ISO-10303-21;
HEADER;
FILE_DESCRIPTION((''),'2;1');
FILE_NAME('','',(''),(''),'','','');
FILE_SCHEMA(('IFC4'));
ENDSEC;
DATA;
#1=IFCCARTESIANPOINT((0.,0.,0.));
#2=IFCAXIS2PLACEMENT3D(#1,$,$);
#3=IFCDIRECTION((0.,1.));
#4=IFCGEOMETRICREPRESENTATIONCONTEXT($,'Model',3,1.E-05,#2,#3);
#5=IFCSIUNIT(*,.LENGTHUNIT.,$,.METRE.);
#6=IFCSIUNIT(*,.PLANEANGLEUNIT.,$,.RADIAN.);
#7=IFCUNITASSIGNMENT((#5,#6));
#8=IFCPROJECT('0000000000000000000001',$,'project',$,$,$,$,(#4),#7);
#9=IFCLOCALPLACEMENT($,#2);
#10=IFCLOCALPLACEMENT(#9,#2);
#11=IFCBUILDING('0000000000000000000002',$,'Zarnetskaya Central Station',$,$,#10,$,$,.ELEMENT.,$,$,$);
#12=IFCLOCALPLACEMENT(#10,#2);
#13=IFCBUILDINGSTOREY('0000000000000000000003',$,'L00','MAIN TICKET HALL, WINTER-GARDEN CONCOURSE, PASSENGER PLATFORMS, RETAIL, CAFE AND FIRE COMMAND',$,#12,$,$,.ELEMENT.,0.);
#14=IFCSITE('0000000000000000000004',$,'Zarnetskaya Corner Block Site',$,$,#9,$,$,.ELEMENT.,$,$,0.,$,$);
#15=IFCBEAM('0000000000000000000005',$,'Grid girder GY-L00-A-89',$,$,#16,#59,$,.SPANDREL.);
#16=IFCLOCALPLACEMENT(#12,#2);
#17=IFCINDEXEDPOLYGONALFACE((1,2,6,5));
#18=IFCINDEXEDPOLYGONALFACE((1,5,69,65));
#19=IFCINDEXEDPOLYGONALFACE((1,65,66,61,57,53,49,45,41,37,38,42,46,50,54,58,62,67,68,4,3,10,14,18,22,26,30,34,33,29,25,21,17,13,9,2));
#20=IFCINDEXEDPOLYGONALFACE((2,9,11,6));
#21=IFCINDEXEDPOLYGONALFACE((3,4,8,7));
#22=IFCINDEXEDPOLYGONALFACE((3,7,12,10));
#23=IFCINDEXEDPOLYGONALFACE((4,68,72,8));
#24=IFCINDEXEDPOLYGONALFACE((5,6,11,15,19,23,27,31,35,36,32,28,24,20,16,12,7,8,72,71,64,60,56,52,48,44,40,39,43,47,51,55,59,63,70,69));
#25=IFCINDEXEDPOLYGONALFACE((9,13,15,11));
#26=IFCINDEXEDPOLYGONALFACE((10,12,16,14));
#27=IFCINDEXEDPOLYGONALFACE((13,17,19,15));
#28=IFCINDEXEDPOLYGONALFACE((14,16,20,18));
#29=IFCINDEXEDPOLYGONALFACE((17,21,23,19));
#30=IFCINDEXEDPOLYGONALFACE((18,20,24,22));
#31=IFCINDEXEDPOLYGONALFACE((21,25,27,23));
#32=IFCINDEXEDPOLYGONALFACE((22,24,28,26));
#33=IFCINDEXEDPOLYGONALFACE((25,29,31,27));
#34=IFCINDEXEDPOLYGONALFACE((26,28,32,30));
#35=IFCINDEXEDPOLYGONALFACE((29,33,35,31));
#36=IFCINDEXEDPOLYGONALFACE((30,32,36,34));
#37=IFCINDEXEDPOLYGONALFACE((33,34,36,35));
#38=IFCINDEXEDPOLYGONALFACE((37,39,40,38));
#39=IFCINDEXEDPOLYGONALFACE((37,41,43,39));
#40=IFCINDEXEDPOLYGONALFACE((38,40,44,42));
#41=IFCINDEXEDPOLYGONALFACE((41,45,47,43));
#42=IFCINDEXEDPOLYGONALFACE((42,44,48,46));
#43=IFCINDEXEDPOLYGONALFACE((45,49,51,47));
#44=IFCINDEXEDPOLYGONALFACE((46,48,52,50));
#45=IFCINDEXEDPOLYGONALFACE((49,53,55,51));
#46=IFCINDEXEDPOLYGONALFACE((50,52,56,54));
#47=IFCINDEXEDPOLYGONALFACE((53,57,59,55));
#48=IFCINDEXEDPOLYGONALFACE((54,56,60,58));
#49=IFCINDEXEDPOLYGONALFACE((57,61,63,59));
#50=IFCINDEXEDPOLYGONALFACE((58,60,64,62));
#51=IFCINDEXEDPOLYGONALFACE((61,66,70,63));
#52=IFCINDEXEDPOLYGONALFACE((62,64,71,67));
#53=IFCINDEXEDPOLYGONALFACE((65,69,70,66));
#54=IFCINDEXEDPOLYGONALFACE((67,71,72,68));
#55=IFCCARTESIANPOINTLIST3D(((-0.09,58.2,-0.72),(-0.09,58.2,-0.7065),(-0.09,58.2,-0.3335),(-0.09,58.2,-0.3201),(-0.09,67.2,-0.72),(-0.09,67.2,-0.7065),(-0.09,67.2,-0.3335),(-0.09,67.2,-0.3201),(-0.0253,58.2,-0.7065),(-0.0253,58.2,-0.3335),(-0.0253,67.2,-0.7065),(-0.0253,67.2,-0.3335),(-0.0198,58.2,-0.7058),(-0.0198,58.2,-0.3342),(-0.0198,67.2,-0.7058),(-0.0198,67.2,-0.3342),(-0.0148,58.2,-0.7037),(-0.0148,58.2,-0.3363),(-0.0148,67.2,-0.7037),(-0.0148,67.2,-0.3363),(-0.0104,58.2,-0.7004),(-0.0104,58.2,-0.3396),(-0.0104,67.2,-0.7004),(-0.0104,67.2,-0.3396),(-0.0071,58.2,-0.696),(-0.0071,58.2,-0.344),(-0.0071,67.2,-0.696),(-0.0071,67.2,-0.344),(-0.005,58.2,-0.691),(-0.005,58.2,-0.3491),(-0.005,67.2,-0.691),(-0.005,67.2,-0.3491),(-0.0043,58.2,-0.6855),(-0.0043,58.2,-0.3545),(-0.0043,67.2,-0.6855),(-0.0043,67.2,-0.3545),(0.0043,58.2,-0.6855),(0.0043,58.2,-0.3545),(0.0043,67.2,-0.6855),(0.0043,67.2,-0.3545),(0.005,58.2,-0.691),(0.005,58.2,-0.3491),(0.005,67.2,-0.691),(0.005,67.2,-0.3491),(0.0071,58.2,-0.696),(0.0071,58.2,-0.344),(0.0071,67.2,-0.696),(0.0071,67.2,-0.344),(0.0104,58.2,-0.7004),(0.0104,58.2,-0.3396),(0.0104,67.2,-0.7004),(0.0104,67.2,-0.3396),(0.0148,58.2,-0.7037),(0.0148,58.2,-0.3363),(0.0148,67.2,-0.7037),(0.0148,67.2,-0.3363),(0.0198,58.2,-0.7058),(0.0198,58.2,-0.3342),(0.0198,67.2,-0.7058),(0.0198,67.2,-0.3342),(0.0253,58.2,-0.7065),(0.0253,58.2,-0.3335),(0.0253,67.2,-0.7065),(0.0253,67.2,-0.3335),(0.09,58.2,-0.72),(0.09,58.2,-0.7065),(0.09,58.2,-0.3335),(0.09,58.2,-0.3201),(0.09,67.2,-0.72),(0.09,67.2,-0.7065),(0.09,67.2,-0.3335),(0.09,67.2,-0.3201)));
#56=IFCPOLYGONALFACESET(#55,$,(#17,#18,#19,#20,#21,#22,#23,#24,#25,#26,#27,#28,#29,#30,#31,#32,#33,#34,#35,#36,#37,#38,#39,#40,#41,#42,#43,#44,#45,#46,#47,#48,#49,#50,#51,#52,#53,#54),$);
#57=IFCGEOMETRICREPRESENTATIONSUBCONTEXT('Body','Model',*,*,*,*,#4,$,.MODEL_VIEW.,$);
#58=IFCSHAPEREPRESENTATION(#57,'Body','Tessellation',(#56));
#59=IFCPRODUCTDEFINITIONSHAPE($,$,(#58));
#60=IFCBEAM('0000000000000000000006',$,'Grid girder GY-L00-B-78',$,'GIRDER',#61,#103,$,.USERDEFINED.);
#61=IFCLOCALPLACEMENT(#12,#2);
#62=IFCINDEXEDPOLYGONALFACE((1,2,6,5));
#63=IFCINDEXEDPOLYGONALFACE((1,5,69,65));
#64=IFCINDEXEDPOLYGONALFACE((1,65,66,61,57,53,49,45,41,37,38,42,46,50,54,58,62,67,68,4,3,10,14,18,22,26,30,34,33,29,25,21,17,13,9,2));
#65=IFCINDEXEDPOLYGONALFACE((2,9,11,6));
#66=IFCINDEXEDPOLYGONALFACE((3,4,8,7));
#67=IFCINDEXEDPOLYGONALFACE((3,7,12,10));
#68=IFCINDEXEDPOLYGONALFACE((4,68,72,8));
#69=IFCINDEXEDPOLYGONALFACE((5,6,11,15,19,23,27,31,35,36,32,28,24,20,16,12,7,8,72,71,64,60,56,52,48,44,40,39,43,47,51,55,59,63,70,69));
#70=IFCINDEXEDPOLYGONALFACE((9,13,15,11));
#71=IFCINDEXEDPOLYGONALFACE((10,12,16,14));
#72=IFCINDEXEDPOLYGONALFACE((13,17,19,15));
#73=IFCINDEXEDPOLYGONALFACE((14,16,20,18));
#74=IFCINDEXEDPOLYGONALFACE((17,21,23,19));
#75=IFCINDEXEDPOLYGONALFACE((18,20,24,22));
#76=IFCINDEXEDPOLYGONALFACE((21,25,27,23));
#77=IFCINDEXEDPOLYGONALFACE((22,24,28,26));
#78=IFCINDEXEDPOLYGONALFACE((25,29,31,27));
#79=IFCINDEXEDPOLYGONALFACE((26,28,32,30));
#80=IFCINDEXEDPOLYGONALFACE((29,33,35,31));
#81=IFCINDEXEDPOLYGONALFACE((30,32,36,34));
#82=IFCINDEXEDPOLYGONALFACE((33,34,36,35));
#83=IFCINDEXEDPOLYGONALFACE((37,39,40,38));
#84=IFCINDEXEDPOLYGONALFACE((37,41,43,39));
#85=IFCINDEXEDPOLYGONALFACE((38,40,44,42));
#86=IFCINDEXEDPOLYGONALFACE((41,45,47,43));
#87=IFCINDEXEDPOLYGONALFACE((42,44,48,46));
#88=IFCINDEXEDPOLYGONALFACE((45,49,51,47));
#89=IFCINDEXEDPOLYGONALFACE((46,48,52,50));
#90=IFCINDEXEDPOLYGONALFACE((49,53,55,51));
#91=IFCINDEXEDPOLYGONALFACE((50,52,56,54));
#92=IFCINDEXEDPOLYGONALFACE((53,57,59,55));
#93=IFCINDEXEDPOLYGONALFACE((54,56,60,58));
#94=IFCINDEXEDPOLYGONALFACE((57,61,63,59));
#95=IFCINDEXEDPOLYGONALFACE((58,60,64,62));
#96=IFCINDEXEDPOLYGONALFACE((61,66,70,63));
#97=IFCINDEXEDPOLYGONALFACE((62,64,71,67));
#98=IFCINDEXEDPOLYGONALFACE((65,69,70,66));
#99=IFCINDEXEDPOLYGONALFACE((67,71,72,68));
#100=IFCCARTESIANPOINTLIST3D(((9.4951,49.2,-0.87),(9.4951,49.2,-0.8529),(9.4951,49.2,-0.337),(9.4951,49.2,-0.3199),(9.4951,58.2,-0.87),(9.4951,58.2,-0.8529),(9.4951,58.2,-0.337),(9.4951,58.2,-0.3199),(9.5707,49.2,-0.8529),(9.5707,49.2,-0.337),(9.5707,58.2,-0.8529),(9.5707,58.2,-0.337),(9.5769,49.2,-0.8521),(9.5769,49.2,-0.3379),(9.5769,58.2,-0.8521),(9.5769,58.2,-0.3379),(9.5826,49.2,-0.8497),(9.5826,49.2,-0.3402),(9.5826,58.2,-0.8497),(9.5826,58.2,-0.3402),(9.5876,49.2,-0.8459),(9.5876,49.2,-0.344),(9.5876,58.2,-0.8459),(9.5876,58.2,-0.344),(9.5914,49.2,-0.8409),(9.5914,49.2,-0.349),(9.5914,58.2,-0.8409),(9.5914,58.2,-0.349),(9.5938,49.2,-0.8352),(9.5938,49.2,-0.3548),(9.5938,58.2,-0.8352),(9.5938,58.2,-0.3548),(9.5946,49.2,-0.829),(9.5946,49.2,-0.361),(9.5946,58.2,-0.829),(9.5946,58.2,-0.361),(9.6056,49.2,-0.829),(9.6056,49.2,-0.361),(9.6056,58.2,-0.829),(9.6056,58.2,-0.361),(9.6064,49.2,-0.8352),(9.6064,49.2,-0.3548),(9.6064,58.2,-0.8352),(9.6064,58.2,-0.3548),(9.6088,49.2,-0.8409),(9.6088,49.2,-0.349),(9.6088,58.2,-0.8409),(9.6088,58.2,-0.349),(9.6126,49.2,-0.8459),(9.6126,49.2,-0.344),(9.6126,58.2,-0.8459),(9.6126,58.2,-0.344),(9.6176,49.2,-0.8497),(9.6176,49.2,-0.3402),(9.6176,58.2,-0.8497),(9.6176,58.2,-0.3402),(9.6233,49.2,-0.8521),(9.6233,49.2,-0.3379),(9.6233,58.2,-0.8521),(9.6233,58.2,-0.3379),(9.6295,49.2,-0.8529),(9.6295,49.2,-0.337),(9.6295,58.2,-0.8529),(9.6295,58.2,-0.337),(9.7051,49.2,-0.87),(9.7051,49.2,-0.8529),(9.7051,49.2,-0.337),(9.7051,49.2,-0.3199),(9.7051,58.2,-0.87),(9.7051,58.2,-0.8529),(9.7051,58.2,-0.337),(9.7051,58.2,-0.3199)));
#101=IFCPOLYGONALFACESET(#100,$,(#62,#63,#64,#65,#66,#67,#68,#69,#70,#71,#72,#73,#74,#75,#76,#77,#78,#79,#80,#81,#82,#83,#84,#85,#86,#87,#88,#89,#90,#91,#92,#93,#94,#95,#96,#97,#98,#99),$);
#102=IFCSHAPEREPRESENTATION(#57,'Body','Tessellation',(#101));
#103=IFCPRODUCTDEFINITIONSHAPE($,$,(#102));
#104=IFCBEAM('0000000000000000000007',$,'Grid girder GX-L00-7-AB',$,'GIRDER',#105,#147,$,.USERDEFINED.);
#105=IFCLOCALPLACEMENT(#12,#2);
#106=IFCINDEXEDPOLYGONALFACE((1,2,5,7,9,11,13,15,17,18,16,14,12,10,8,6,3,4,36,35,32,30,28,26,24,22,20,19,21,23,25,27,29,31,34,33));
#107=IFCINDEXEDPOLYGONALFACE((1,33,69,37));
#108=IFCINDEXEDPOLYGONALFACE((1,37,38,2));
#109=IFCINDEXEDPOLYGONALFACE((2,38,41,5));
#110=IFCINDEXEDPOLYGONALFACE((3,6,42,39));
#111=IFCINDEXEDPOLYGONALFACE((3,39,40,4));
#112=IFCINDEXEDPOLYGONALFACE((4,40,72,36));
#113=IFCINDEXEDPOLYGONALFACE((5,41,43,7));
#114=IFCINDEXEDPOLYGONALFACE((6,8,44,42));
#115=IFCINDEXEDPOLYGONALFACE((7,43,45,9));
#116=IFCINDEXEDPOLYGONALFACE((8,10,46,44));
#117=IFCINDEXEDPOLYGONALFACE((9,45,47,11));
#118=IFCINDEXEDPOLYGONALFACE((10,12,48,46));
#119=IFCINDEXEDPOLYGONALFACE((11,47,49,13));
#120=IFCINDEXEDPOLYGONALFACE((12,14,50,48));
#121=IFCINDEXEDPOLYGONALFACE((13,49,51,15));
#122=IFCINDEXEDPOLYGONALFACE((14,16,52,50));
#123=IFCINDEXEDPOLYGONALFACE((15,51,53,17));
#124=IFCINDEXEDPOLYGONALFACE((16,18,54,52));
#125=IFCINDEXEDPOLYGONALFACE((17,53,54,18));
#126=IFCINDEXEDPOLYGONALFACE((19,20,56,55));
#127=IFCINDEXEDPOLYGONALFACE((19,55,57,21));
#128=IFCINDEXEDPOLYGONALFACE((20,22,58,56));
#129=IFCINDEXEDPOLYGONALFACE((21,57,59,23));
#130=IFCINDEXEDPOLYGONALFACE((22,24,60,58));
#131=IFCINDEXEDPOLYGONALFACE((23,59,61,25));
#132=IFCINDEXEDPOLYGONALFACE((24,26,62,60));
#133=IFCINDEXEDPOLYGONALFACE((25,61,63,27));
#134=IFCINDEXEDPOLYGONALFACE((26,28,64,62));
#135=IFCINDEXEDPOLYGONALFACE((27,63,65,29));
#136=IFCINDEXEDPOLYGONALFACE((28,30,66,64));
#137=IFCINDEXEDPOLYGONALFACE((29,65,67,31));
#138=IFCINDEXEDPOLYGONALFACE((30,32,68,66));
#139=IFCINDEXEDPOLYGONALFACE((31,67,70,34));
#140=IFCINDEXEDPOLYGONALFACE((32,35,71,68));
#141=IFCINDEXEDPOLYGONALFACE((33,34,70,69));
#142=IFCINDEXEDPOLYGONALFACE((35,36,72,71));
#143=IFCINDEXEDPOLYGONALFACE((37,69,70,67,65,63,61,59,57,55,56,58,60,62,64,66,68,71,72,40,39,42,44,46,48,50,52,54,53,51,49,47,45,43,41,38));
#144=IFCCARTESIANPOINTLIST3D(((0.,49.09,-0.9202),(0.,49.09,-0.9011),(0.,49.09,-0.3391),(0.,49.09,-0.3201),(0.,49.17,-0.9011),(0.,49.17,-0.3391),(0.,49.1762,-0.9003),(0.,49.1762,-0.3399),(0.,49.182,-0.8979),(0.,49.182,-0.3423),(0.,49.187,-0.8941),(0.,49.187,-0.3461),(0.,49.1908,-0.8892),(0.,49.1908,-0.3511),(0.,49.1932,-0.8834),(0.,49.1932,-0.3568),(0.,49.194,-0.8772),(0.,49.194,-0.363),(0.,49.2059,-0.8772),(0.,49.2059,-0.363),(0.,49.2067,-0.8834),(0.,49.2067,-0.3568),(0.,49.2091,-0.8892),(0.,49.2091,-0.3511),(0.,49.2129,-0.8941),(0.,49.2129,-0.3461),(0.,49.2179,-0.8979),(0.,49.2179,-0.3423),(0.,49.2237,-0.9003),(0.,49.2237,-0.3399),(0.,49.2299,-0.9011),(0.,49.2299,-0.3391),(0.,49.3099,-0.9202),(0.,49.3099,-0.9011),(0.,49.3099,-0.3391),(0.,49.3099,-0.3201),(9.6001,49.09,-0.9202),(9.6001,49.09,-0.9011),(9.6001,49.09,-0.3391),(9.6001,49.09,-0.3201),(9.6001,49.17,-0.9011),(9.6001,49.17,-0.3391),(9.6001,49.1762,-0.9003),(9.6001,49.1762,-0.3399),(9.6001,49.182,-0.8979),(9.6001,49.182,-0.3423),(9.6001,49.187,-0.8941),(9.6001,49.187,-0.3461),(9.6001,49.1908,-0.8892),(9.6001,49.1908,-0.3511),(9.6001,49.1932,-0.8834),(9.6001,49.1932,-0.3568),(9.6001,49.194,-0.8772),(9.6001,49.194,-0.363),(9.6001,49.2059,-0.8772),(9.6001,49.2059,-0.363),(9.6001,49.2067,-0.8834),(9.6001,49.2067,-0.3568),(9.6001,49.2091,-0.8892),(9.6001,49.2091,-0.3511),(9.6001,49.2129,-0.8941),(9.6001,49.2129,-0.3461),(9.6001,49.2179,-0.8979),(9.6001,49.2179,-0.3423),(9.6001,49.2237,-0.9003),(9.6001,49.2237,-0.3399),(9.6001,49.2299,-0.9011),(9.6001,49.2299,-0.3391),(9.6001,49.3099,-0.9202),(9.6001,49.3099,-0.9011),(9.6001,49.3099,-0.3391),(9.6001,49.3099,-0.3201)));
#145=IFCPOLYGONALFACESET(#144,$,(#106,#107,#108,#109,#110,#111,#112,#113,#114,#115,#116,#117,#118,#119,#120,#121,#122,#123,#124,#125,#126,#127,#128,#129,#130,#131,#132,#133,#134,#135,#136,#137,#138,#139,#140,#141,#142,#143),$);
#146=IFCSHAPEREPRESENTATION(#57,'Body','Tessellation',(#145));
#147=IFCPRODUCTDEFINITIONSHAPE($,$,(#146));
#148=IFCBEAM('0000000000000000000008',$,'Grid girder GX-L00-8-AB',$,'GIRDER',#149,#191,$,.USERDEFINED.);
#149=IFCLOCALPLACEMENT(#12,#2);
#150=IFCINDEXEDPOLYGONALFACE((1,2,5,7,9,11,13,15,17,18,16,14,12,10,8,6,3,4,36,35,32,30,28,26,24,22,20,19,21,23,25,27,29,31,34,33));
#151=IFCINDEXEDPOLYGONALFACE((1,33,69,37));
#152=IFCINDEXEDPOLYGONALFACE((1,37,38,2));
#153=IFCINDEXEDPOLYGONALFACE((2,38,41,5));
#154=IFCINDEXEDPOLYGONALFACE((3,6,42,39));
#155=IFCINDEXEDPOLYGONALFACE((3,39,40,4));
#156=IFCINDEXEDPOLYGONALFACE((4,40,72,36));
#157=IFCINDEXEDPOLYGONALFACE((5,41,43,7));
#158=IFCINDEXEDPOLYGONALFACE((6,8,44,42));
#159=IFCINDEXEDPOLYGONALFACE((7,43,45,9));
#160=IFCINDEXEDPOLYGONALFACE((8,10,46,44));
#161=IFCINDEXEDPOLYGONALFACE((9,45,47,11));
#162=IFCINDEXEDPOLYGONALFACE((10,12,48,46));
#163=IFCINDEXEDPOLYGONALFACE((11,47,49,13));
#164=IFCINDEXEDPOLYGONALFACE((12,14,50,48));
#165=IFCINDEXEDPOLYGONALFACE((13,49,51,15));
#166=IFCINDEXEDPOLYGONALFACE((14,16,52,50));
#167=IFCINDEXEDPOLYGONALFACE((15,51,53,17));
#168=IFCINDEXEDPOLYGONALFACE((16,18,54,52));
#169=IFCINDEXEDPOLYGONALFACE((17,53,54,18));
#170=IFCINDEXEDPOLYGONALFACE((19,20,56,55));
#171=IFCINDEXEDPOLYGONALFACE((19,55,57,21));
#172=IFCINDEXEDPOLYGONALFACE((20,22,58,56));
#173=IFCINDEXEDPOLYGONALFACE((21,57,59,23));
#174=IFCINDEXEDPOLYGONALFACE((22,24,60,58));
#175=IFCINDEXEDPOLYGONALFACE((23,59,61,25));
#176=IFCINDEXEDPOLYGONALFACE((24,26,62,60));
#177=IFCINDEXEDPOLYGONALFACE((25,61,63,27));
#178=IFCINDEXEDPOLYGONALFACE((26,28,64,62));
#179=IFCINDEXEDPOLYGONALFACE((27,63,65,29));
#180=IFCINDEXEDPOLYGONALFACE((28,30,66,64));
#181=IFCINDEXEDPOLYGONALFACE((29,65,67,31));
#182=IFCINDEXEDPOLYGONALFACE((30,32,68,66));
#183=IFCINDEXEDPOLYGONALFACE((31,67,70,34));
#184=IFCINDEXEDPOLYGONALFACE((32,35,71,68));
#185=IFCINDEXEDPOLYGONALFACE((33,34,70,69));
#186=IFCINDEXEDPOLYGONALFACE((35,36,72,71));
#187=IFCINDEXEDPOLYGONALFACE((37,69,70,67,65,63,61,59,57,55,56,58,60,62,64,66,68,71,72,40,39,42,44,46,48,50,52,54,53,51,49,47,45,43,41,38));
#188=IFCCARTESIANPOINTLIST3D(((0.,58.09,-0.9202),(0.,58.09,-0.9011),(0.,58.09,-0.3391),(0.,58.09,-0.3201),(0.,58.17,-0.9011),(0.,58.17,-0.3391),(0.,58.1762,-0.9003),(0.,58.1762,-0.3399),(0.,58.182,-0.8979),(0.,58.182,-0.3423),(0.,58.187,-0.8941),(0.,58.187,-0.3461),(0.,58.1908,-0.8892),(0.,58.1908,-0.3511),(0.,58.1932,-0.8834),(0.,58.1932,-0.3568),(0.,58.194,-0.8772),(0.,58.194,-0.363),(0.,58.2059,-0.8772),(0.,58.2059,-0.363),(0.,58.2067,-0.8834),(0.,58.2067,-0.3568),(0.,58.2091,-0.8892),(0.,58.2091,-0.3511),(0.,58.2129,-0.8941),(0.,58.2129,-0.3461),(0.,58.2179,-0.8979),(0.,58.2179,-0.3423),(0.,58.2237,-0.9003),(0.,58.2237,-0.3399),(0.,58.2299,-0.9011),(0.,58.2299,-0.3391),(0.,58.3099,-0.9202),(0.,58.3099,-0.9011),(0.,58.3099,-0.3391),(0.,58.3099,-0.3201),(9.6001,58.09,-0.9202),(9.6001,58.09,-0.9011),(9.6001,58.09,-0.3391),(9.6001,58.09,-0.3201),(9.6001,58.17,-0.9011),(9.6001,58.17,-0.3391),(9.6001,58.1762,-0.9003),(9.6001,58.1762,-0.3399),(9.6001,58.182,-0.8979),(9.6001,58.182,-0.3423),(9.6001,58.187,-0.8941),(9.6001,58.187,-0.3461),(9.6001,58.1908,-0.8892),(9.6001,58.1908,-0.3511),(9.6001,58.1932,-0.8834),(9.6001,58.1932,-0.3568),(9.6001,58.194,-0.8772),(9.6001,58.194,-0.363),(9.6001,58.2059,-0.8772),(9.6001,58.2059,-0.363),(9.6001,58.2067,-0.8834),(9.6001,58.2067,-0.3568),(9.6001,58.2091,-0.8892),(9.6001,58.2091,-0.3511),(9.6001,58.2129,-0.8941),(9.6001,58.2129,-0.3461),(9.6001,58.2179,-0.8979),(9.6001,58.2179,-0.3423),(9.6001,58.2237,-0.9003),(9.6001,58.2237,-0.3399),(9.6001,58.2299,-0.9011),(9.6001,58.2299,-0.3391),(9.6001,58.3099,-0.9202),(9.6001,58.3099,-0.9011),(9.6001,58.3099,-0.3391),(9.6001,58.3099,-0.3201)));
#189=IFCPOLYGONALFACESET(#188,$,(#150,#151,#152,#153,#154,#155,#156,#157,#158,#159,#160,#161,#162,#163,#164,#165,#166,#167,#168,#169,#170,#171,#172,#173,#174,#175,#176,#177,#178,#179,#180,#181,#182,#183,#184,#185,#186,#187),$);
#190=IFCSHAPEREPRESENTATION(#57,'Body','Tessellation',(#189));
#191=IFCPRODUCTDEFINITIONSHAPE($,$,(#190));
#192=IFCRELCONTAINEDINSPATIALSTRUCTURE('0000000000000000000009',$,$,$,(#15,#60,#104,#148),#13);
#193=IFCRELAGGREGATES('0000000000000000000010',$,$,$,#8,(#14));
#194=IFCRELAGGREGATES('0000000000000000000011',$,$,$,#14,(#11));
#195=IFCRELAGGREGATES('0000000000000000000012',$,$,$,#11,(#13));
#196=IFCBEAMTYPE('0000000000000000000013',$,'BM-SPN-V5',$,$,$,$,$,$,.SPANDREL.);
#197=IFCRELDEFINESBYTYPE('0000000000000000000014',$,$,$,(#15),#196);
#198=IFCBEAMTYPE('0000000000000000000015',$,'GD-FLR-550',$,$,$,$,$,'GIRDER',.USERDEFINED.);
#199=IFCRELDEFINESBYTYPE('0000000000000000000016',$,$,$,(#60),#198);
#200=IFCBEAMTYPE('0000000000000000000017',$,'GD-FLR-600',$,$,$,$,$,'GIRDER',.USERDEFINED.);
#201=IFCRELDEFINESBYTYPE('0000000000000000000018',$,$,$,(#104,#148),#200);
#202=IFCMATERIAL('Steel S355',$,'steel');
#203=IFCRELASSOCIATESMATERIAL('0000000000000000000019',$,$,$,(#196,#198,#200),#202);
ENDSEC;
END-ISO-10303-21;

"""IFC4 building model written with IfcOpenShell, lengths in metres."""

from ifc_helpers import new_model, si_unit, direction, frame, origin, origin_2d, place, context, subcontext, project, spatial, i_section, extrude, material, material_profile, profile_set, type_object, element, save


model = new_model("IFC4")

# Units and contexts
model_context = context("Model", 3, precision=1e-05, world=origin(), true_north=direction((0.0, 1.0)))
body_context = subcontext(model_context, "Body", "Model", "MODEL_VIEW")
ifc_project = project(units=[si_unit("LENGTHUNIT", "METRE"), si_unit("PLANEANGLEUNIT", "RADIAN")], contexts=[model_context])

# Site, building, storey
site_placement = place(None, origin())
site = spatial("IfcSite", under=ifc_project, at=site_placement, Name="Zarnetskaya Corner Block Site", CompositionType="ELEMENT", RefElevation=0.0)
building_placement = place(site_placement, origin())
building = spatial("IfcBuilding", under=site, at=building_placement, Name="Zarnetskaya Central Station", CompositionType="ELEMENT")
storey_placement = place(building_placement, origin())
storey = spatial("IfcBuildingStorey", under=building, at=storey_placement, Name="L00", Description="MAIN TICKET HALL, WINTER-GARDEN CONCOURSE, PASSENGER PLATFORMS, RETAIL, CAFE AND FIRE COMMAND", CompositionType="ELEMENT", Elevation=0.0)

# Shared definitions
ifc_material_1 = material(Name="Steel S355", Category="steel")

# Beams
ifc_material_profile_1 = material_profile(ifc_material_1, i_section(OverallWidth=0.1799, OverallDepth=0.3999, WebThickness=0.0085, FlangeThickness=0.0134, FilletRadius=0.021, at=origin_2d()), Name="IPE 400")
ifc_profile_set_1 = profile_set([ifc_material_profile_1], Name="Steel S355")
beam_type_1 = type_object("IfcBeamType", Name="BM-SPN-V5", PredefinedType="SPANDREL", material=ifc_profile_set_1)
for number, where, z_axis, x_axis, name in (
    (1, (0.0, 58.2, -0.52), (0.0, 1.0, 0.0), (-1.0, 0.0, 0.0), "Grid girder GY-L00-A-89"),
):
    element("IfcBeam", number, at=place(storey_placement, frame(where, z_axis=z_axis, x_axis=x_axis)), inside=storey, type_object=beam_type_1, Name=name, PredefinedType="SPANDREL", context=body_context, shape_type="SweptSolid", body=[
        extrude(i_section(OverallWidth=0.1799, OverallDepth=0.3999, WebThickness=0.0085, FlangeThickness=0.0134, FilletRadius=0.021, at=origin_2d()), origin(), (0.0, 0.0, 1.0), 9.0),
    ])
ifc_material_profile_2 = material_profile(ifc_material_1, i_section(OverallWidth=0.21, OverallDepth=0.55, WebThickness=0.011, FlangeThickness=0.0171, FilletRadius=0.0239, at=origin_2d()), Name="IPE 550")
ifc_profile_set_2 = profile_set([ifc_material_profile_2], Name="Steel S355")
beam_type_2 = type_object("IfcBeamType", Name="GD-FLR-550", ElementType="GIRDER", PredefinedType="USERDEFINED", material=ifc_profile_set_2)
beam_placement = place(storey_placement, frame((9.6001, 49.2, -0.595), z_axis=(0.0, 1.0, 0.0), x_axis=(-1.0, 0.0, 0.0)))
element("IfcBeam", 2, at=beam_placement, inside=storey, type_object=beam_type_2, Name="Grid girder GY-L00-B-78", ObjectType="GIRDER", PredefinedType="USERDEFINED", context=body_context, shape_type="SweptSolid", body=[
    extrude(i_section(OverallWidth=0.21, OverallDepth=0.55, WebThickness=0.011, FlangeThickness=0.0171, FilletRadius=0.0239, at=origin_2d()), origin(), (0.0, 0.0, 1.0), 9.0),
])
ifc_material_profile_3 = material_profile(ifc_material_1, i_section(OverallWidth=0.22, OverallDepth=0.6001, WebThickness=0.012, FlangeThickness=0.019, FilletRadius=0.0239, at=origin_2d()), Name="IPE 600")
ifc_profile_set_3 = profile_set([ifc_material_profile_3], Name="Steel S355")
beam_type_3 = type_object("IfcBeamType", Name="GD-FLR-600", ElementType="GIRDER", PredefinedType="USERDEFINED", material=ifc_profile_set_3)
for number, where, z_axis, x_axis, name in (
    (3, (0.0, 49.2, -0.6201), (1.0, 0.0, 0.0), (0.0, 1.0, 0.0), "Grid girder GX-L00-7-AB"),
    (4, (0.0, 58.2, -0.6201), (1.0, 0.0, 0.0), (0.0, 1.0, 0.0), "Grid girder GX-L00-8-AB"),
):
    element("IfcBeam", number, at=place(storey_placement, frame(where, z_axis=z_axis, x_axis=x_axis)), inside=storey, type_object=beam_type_3, Name=name, ObjectType="GIRDER", PredefinedType="USERDEFINED", context=body_context, shape_type="SweptSolid", body=[
        extrude(i_section(OverallWidth=0.22, OverallDepth=0.6001, WebThickness=0.012, FlangeThickness=0.019, FilletRadius=0.0239, at=origin_2d()), origin(), (0.0, 0.0, 1.0), 9.6001),
    ])

save(model, "model.ifc")
